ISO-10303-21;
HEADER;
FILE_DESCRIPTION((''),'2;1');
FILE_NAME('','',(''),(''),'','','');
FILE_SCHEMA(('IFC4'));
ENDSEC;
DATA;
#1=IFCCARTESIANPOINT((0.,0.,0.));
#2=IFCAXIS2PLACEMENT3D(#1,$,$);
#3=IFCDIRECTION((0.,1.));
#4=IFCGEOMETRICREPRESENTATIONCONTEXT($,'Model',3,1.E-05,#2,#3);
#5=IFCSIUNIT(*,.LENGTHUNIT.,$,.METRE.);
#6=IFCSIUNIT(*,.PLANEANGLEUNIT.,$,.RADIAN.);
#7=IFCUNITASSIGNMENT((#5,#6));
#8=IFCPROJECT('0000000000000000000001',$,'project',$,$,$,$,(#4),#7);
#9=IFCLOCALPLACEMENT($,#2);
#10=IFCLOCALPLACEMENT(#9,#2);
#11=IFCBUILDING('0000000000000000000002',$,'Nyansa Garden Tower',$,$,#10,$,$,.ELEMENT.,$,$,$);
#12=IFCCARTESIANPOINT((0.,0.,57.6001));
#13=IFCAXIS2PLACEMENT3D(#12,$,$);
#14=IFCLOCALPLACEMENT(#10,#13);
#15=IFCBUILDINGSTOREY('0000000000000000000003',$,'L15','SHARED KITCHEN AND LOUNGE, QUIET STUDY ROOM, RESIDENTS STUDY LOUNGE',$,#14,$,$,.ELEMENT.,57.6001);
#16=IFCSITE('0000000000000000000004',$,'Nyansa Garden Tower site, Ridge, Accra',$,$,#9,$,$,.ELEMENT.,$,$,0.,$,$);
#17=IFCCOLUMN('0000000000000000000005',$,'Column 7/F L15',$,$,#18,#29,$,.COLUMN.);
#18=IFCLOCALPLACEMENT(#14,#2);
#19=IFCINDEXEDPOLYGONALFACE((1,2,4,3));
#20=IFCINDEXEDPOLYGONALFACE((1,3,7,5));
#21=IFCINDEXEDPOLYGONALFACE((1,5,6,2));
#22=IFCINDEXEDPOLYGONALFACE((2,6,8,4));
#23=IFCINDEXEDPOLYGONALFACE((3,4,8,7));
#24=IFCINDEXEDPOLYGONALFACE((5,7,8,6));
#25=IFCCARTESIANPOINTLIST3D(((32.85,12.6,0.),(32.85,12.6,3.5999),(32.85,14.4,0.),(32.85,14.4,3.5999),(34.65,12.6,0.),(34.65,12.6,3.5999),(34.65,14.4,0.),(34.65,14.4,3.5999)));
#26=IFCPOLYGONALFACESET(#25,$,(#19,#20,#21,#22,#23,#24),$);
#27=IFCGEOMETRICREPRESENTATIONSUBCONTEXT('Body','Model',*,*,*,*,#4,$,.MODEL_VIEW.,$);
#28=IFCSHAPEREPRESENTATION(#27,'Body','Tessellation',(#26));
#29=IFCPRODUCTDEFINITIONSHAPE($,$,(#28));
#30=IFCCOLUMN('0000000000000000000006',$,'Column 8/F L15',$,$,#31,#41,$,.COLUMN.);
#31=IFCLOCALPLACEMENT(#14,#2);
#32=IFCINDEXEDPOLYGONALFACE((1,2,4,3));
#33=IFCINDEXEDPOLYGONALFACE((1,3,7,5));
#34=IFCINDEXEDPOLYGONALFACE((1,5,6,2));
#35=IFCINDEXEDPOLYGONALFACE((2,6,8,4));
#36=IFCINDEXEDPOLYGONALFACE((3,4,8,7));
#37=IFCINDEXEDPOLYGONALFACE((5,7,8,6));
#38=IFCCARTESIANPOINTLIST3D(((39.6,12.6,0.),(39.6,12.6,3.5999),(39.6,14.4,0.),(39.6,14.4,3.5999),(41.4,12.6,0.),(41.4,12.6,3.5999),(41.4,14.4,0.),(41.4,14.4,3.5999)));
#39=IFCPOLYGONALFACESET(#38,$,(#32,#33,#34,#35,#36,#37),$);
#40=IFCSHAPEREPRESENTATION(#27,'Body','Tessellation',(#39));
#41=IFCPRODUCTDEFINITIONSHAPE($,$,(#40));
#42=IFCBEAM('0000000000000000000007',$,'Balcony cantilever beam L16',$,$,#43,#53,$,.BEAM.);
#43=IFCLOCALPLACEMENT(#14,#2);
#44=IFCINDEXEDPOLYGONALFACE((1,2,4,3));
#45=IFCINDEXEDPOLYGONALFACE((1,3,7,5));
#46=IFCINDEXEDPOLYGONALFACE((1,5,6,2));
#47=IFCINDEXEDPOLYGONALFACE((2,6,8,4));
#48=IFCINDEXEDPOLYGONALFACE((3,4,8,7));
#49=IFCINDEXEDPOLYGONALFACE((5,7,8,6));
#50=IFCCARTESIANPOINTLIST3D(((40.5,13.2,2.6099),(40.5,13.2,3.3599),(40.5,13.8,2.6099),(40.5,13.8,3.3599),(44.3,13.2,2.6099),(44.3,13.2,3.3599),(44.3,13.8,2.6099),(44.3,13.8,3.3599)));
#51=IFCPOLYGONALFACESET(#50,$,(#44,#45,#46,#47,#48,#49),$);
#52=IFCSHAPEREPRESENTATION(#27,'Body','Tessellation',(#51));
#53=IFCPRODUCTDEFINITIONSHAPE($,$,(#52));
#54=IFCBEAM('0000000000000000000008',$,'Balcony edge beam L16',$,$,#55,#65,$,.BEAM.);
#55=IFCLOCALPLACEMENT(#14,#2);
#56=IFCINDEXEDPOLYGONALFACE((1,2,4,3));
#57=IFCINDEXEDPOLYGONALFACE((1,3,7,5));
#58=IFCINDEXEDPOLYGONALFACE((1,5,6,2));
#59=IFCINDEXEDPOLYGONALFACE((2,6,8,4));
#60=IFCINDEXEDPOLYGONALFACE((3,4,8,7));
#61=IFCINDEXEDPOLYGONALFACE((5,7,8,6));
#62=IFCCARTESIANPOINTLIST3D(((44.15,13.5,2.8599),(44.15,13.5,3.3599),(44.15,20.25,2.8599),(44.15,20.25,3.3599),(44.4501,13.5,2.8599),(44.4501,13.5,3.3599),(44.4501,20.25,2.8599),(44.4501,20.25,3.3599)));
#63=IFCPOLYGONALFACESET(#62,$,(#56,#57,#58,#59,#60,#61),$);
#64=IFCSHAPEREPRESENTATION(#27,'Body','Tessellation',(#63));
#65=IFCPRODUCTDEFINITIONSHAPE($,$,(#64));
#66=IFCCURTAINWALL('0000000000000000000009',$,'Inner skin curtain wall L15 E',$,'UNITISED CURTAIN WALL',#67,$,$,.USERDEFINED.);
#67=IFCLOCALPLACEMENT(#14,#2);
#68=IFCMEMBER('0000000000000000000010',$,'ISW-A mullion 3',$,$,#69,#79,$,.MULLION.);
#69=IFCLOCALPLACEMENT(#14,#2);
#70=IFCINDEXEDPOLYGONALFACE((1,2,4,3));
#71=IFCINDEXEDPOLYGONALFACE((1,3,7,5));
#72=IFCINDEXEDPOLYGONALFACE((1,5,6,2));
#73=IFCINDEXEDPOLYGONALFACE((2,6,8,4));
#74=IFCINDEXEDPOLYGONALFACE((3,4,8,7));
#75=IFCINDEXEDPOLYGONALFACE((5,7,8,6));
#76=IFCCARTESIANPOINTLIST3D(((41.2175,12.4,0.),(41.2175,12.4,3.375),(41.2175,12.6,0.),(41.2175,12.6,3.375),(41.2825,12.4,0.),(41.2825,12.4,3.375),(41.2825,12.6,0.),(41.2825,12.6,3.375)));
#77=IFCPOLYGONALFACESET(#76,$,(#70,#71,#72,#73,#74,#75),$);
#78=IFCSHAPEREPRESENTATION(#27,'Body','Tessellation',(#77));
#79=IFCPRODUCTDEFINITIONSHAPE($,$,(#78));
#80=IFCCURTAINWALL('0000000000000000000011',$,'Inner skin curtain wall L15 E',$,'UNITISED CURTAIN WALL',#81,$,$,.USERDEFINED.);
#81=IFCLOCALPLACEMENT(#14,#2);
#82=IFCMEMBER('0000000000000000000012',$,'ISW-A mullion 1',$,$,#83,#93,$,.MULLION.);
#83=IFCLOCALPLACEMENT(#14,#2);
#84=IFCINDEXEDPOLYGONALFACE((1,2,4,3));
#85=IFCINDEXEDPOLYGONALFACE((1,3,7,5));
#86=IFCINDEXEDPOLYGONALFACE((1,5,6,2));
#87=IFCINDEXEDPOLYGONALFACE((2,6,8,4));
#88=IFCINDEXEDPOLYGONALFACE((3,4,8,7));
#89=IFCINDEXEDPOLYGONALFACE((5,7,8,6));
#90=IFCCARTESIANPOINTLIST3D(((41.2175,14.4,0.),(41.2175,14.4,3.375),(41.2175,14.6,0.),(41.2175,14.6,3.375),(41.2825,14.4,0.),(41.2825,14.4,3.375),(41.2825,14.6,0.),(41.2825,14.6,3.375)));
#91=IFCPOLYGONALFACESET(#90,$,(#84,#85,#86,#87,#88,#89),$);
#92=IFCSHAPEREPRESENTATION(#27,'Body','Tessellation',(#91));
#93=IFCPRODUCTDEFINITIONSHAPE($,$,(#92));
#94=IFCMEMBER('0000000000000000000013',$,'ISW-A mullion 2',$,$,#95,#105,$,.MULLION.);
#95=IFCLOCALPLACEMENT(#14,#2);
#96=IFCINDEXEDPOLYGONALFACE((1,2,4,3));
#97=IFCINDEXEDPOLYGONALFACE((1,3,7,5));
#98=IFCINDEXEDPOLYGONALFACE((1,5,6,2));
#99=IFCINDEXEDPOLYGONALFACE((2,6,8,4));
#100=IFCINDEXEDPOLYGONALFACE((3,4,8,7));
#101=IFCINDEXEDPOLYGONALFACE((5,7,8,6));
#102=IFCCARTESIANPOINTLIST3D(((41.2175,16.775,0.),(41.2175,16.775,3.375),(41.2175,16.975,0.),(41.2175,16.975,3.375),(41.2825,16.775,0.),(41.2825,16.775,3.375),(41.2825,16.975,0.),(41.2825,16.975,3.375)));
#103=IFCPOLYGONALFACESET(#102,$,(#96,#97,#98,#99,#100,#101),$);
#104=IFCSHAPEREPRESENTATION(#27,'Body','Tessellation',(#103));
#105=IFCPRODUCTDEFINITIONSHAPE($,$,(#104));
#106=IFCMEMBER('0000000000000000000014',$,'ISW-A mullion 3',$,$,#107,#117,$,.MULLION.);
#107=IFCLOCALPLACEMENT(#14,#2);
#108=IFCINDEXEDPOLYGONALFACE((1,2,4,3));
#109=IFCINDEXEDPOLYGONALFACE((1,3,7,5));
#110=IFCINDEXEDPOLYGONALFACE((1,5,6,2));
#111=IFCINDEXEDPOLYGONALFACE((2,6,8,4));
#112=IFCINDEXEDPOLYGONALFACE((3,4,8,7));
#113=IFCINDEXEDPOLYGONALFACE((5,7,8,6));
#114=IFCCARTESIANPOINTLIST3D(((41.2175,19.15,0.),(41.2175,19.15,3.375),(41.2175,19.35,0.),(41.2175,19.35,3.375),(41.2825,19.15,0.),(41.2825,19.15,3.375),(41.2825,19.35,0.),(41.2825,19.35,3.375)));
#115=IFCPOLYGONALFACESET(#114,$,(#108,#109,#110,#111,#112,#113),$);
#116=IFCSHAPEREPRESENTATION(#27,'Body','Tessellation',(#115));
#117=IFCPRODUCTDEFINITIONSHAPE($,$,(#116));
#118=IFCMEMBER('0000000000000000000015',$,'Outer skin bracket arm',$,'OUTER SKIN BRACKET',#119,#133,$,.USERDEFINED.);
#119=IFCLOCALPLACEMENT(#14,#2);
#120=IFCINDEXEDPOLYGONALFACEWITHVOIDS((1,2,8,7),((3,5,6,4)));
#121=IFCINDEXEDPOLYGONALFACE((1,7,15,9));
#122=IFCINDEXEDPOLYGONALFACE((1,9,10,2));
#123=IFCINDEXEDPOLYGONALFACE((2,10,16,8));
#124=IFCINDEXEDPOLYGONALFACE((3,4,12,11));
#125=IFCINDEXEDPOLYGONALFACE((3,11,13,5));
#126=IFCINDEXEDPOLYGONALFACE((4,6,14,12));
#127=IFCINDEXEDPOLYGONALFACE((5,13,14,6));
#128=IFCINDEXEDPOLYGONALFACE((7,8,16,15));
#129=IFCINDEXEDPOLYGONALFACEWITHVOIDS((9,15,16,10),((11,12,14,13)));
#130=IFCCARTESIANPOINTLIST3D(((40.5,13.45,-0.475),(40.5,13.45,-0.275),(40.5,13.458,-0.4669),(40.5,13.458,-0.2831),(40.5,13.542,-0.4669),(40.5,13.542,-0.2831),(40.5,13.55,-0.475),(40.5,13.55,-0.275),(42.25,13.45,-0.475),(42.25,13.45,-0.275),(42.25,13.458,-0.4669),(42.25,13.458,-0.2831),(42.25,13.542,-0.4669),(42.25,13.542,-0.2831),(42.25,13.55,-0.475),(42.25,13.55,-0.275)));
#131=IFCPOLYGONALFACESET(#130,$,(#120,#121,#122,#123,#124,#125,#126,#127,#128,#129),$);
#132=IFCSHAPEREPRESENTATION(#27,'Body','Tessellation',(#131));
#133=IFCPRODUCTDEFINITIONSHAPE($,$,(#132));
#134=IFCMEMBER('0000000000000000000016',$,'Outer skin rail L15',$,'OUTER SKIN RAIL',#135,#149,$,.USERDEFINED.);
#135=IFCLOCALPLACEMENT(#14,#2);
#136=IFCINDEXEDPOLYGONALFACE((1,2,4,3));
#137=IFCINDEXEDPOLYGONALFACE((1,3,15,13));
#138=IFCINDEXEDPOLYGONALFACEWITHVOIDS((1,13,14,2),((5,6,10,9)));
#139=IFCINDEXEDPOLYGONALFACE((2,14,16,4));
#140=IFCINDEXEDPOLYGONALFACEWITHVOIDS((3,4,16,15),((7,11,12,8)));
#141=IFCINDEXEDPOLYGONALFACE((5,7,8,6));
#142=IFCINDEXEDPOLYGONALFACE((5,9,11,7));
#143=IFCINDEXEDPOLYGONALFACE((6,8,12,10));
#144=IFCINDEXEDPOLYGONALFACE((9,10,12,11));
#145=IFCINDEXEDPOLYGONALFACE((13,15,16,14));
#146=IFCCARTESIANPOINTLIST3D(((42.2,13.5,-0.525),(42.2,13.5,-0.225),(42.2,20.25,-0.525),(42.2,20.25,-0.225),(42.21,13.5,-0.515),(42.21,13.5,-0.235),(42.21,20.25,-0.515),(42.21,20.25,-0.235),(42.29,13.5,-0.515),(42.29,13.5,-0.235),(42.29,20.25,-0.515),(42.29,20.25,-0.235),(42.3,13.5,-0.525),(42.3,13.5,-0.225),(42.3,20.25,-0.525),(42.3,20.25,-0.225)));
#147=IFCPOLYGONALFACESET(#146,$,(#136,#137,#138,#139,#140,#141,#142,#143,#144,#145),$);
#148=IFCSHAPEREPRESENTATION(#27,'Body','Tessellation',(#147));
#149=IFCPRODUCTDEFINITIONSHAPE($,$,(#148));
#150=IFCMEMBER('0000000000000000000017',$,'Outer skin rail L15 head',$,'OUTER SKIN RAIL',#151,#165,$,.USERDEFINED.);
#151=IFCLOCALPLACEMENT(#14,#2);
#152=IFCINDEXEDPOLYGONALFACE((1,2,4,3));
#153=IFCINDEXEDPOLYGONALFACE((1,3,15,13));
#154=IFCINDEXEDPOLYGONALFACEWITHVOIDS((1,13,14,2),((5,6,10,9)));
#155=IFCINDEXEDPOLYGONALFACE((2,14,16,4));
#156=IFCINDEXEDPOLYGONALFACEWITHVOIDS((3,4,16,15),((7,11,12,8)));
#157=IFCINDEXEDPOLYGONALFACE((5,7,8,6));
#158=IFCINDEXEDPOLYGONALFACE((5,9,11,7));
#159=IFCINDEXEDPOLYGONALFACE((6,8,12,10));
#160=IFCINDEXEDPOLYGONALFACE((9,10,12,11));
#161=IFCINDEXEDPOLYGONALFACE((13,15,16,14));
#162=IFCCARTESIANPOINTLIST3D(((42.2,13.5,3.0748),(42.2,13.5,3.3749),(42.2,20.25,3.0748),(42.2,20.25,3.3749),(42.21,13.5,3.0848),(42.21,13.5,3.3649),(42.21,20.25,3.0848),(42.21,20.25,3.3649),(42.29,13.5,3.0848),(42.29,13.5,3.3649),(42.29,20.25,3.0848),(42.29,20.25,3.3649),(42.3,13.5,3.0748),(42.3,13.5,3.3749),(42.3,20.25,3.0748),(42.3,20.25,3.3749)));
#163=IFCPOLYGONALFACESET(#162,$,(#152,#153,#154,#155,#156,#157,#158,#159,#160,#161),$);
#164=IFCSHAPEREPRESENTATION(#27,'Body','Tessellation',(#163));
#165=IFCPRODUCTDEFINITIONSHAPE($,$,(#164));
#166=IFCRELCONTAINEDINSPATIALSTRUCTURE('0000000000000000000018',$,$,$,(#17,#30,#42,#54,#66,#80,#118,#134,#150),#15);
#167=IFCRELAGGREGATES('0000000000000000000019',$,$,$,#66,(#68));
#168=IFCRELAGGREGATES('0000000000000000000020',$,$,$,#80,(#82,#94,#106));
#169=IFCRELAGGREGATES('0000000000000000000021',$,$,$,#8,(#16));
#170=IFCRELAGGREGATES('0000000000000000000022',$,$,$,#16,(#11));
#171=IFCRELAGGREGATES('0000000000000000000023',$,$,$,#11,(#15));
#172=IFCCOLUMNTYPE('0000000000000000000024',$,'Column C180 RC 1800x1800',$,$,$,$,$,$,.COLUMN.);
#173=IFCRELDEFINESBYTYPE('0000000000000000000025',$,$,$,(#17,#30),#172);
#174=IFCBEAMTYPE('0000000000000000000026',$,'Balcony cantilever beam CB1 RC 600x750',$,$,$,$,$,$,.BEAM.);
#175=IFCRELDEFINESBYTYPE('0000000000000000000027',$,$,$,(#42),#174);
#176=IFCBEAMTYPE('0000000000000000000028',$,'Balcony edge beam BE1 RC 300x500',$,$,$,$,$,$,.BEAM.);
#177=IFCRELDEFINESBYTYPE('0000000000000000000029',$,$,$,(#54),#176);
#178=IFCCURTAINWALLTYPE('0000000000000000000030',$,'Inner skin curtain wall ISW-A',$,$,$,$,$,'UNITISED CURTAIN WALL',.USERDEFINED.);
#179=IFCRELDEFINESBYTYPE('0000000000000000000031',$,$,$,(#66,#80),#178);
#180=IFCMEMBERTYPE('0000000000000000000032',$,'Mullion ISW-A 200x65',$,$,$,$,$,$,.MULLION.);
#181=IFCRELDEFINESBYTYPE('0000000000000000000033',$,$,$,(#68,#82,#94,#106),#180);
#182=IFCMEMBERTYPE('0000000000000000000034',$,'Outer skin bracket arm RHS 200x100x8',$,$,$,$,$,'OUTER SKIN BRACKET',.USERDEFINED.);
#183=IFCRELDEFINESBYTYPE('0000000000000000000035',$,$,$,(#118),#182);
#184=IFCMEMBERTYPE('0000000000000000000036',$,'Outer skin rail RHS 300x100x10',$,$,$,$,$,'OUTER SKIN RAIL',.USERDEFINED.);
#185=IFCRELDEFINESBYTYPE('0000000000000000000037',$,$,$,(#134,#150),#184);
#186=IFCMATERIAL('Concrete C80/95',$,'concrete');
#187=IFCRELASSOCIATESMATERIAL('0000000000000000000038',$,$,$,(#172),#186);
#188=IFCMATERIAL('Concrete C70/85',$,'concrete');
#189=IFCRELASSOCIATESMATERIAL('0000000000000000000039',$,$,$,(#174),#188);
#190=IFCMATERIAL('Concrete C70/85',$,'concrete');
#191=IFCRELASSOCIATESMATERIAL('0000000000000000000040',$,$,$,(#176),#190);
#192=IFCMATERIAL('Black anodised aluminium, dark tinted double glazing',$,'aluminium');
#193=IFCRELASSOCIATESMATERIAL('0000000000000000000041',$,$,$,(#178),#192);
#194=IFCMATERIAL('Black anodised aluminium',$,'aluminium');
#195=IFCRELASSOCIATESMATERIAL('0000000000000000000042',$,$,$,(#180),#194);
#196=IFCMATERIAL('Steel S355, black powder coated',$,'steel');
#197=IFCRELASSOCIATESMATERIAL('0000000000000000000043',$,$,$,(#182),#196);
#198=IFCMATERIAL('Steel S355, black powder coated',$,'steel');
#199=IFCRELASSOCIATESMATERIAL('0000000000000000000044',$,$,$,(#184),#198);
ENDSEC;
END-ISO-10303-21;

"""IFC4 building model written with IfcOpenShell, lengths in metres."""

from ifc_helpers import new_model, si_unit, direction, frame, origin, origin_2d, place, context, subcontext, project, spatial, rectangle, hollow_rectangle, extrude, material, material_profile, profile_set, type_object, element, aggregate, save


model = new_model("IFC4")

# Units and contexts
model_context = context("Model", 3, precision=1e-05, world=origin(), true_north=direction((0.0, 1.0)))
body_context = subcontext(model_context, "Body", "Model", "MODEL_VIEW")
ifc_project = project(units=[si_unit("LENGTHUNIT", "METRE"), si_unit("PLANEANGLEUNIT", "RADIAN")], contexts=[model_context])

# Site, building, storey
site_placement = place(None, origin())
site = spatial("IfcSite", under=ifc_project, at=site_placement, Name="Nyansa Garden Tower site, Ridge, Accra", CompositionType="ELEMENT", RefElevation=0.0)
building_placement = place(site_placement, origin())
building = spatial("IfcBuilding", under=site, at=building_placement, Name="Nyansa Garden Tower", CompositionType="ELEMENT")
storey_placement = place(building_placement, frame((0.0, 0.0, 57.6001)))
storey = spatial("IfcBuildingStorey", under=building, at=storey_placement, Name="L15", Description="SHARED KITCHEN AND LOUNGE, QUIET STUDY ROOM, RESIDENTS STUDY LOUNGE", CompositionType="ELEMENT", Elevation=57.6001)

# Columns
ifc_material_1 = material(Name="Concrete C80/95", Category="concrete")
ifc_material_profile_1 = material_profile(ifc_material_1, rectangle(XDim=1.8, YDim=1.8, at=origin_2d()), Name="RC 1800x1800")
ifc_profile_set_1 = profile_set([ifc_material_profile_1], Name="Concrete C80/95")
column_type = type_object("IfcColumnType", Name="Column C180 RC 1800x1800", PredefinedType="COLUMN", material=ifc_profile_set_1)
for number, where, z_axis, x_axis, name in (
    (1, (33.75, 13.5, 0.0), (0.0, 0.0, 1.0), (1.0, 0.0, 0.0), "Column 7/F L15"),
    (2, (40.5, 13.5, 0.0), (0.0, 0.0, 1.0), (1.0, 0.0, 0.0), "Column 8/F L15"),
):
    element("IfcColumn", number, at=place(storey_placement, frame(where, z_axis=z_axis, x_axis=x_axis)), inside=storey, type_object=column_type, Name=name, PredefinedType="COLUMN", context=body_context, shape_type="SweptSolid", body=[
        extrude(rectangle(XDim=1.8, YDim=1.8, at=origin_2d()), origin(), (0.0, 0.0, 1.0), 3.5999),
    ])

# Beams
ifc_material_2 = material(Name="Concrete C70/85", Category="concrete")
ifc_material_profile_2 = material_profile(ifc_material_2, rectangle(XDim=0.6001, YDim=0.75, at=origin_2d()), Name="RC 600x750")
ifc_profile_set_2 = profile_set([ifc_material_profile_2], Name="Concrete C70/85")
beam_type_1 = type_object("IfcBeamType", Name="Balcony cantilever beam CB1 RC 600x750", PredefinedType="BEAM", material=ifc_profile_set_2)
beam_1_placement = place(storey_placement, frame((40.5, 13.5, 2.9849), z_axis=(1.0, 0.0, 0.0), x_axis=(0.0, 1.0, 0.0)))
element("IfcBeam", 3, at=beam_1_placement, inside=storey, type_object=beam_type_1, Name="Balcony cantilever beam L16", PredefinedType="BEAM", context=body_context, shape_type="SweptSolid", body=[
    extrude(rectangle(XDim=0.6001, YDim=0.75, at=origin_2d()), origin(), (0.0, 0.0, 1.0), 3.8),
])
ifc_material_3 = material(Name="Concrete C70/85", Category="concrete")
ifc_material_profile_3 = material_profile(ifc_material_3, rectangle(XDim=0.3, YDim=0.5, at=origin_2d()), Name="RC 300x500")
ifc_profile_set_3 = profile_set([ifc_material_profile_3], Name="Concrete C70/85")
beam_type_2 = type_object("IfcBeamType", Name="Balcony edge beam BE1 RC 300x500", PredefinedType="BEAM", material=ifc_profile_set_3)
beam_2_placement = place(storey_placement, frame((44.3, 13.5, 3.1099), z_axis=(0.0, 1.0, 0.0), x_axis=(-1.0, 0.0, 0.0)))
element("IfcBeam", 4, at=beam_2_placement, inside=storey, type_object=beam_type_2, Name="Balcony edge beam L16", PredefinedType="BEAM", context=body_context, shape_type="SweptSolid", body=[
    extrude(rectangle(XDim=0.3, YDim=0.5, at=origin_2d()), origin(), (0.0, 0.0, 1.0), 6.75),
])

# Curtain wall, member
ifc_material_4 = material(Name="Black anodised aluminium, dark tinted double glazing", Category="aluminium")
curtain_wall_type = type_object("IfcCurtainWallType", Name="Inner skin curtain wall ISW-A", ElementType="UNITISED CURTAIN WALL", PredefinedType="USERDEFINED", material=ifc_material_4)
curtain_wall_1_placement = place(storey_placement, origin())
curtain_wall_1 = element("IfcCurtainWall", 5, at=curtain_wall_1_placement, inside=storey, type_object=curtain_wall_type, Name="Inner skin curtain wall L15 E", ObjectType="UNITISED CURTAIN WALL", PredefinedType="USERDEFINED")
ifc_material_5 = material(Name="Black anodised aluminium", Category="aluminium")
ifc_material_profile_4 = material_profile(ifc_material_5, rectangle(XDim=0.0649, YDim=0.2, at=origin_2d()), Name="Mullion 200x65")
ifc_profile_set_4 = profile_set([ifc_material_profile_4], Name="Black anodised aluminium")
member_type_1 = type_object("IfcMemberType", Name="Mullion ISW-A 200x65", PredefinedType="MULLION", material=ifc_profile_set_4)
member_1_placement = place(storey_placement, frame((41.25, 12.5, 0.0), z_axis=(0.0, 0.0, 1.0), x_axis=(-1.0, 0.0, 0.0)))
member_1 = element("IfcMember", 6, at=member_1_placement, type_object=member_type_1, Name="ISW-A mullion 3", PredefinedType="MULLION", context=body_context, shape_type="SweptSolid", body=[
    extrude(rectangle(XDim=0.0649, YDim=0.2, at=origin_2d()), origin(), (0.0, 0.0, 1.0), 3.375),
])
aggregate(curtain_wall_1, [member_1])

# Curtain wall, members
curtain_wall_2_placement = place(storey_placement, origin())
curtain_wall_2 = element("IfcCurtainWall", 7, at=curtain_wall_2_placement, inside=storey, type_object=curtain_wall_type, Name="Inner skin curtain wall L15 E", ObjectType="UNITISED CURTAIN WALL", PredefinedType="USERDEFINED")
member_2_placement = place(storey_placement, frame((41.25, 14.5, 0.0), z_axis=(0.0, 0.0, 1.0), x_axis=(-1.0, 0.0, 0.0)))
member_2 = element("IfcMember", 8, at=member_2_placement, type_object=member_type_1, Name="ISW-A mullion 1", PredefinedType="MULLION", context=body_context, shape_type="SweptSolid", body=[
    extrude(rectangle(XDim=0.0649, YDim=0.2, at=origin_2d()), origin(), (0.0, 0.0, 1.0), 3.375),
])
member_3_placement = place(storey_placement, frame((41.25, 16.875, 0.0), z_axis=(0.0, 0.0, 1.0), x_axis=(-1.0, 0.0, 0.0)))
member_3 = element("IfcMember", 9, at=member_3_placement, type_object=member_type_1, Name="ISW-A mullion 2", PredefinedType="MULLION", context=body_context, shape_type="SweptSolid", body=[
    extrude(rectangle(XDim=0.0649, YDim=0.2, at=origin_2d()), origin(), (0.0, 0.0, 1.0), 3.375),
])
member_4_placement = place(storey_placement, frame((41.25, 19.25, 0.0), z_axis=(0.0, 0.0, 1.0), x_axis=(-1.0, 0.0, 0.0)))
member_4 = element("IfcMember", 10, at=member_4_placement, type_object=member_type_1, Name="ISW-A mullion 3", PredefinedType="MULLION", context=body_context, shape_type="SweptSolid", body=[
    extrude(rectangle(XDim=0.0649, YDim=0.2, at=origin_2d()), origin(), (0.0, 0.0, 1.0), 3.375),
])

# Members
ifc_material_6 = material(Name="Steel S355, black powder coated", Category="steel")
ifc_material_profile_5 = material_profile(ifc_material_6, hollow_rectangle(XDim=0.1001, YDim=0.2, WallThickness=0.0081, at=origin_2d()), Name="RHS 200x100x8")
ifc_profile_set_5 = profile_set([ifc_material_profile_5], Name="Steel S355, black powder coated")
member_type_2 = type_object("IfcMemberType", Name="Outer skin bracket arm RHS 200x100x8", ElementType="OUTER SKIN BRACKET", PredefinedType="USERDEFINED", material=ifc_profile_set_5)
member_5_placement = place(storey_placement, frame((40.5, 13.5, -0.375), z_axis=(1.0, 0.0, 0.0), x_axis=(0.0, 1.0, 0.0)))
element("IfcMember", 11, at=member_5_placement, inside=storey, type_object=member_type_2, Name="Outer skin bracket arm", ObjectType="OUTER SKIN BRACKET", PredefinedType="USERDEFINED", context=body_context, shape_type="SweptSolid", body=[
    extrude(hollow_rectangle(XDim=0.1001, YDim=0.2, WallThickness=0.0081, at=origin_2d()), origin(), (0.0, 0.0, 1.0), 1.75),
])
ifc_material_7 = material(Name="Steel S355, black powder coated", Category="steel")
ifc_material_profile_6 = material_profile(ifc_material_7, hollow_rectangle(XDim=0.1001, YDim=0.3, WallThickness=0.01, at=origin_2d()), Name="RHS 300x100x10")
ifc_profile_set_6 = profile_set([ifc_material_profile_6], Name="Steel S355, black powder coated")
member_type_3 = type_object("IfcMemberType", Name="Outer skin rail RHS 300x100x10", ElementType="OUTER SKIN RAIL", PredefinedType="USERDEFINED", material=ifc_profile_set_6)
for number, where, z_axis, x_axis, name in (
    (12, (42.25, 13.5, -0.375), (0.0, 1.0, 0.0), (-1.0, 0.0, 0.0), "Outer skin rail L15"),
    (13, (42.25, 13.5, 3.2249), (0.0, 1.0, 0.0), (-1.0, 0.0, 0.0), "Outer skin rail L15 head"),
):
    element("IfcMember", number, at=place(storey_placement, frame(where, z_axis=z_axis, x_axis=x_axis)), inside=storey, type_object=member_type_3, Name=name, ObjectType="OUTER SKIN RAIL", PredefinedType="USERDEFINED", context=body_context, shape_type="SweptSolid", body=[
        extrude(hollow_rectangle(XDim=0.1001, YDim=0.3, WallThickness=0.01, at=origin_2d()), origin(), (0.0, 0.0, 1.0), 6.75),
    ])

aggregate(curtain_wall_2, [member_2, member_3, member_4])

save(model, "model.ifc")
